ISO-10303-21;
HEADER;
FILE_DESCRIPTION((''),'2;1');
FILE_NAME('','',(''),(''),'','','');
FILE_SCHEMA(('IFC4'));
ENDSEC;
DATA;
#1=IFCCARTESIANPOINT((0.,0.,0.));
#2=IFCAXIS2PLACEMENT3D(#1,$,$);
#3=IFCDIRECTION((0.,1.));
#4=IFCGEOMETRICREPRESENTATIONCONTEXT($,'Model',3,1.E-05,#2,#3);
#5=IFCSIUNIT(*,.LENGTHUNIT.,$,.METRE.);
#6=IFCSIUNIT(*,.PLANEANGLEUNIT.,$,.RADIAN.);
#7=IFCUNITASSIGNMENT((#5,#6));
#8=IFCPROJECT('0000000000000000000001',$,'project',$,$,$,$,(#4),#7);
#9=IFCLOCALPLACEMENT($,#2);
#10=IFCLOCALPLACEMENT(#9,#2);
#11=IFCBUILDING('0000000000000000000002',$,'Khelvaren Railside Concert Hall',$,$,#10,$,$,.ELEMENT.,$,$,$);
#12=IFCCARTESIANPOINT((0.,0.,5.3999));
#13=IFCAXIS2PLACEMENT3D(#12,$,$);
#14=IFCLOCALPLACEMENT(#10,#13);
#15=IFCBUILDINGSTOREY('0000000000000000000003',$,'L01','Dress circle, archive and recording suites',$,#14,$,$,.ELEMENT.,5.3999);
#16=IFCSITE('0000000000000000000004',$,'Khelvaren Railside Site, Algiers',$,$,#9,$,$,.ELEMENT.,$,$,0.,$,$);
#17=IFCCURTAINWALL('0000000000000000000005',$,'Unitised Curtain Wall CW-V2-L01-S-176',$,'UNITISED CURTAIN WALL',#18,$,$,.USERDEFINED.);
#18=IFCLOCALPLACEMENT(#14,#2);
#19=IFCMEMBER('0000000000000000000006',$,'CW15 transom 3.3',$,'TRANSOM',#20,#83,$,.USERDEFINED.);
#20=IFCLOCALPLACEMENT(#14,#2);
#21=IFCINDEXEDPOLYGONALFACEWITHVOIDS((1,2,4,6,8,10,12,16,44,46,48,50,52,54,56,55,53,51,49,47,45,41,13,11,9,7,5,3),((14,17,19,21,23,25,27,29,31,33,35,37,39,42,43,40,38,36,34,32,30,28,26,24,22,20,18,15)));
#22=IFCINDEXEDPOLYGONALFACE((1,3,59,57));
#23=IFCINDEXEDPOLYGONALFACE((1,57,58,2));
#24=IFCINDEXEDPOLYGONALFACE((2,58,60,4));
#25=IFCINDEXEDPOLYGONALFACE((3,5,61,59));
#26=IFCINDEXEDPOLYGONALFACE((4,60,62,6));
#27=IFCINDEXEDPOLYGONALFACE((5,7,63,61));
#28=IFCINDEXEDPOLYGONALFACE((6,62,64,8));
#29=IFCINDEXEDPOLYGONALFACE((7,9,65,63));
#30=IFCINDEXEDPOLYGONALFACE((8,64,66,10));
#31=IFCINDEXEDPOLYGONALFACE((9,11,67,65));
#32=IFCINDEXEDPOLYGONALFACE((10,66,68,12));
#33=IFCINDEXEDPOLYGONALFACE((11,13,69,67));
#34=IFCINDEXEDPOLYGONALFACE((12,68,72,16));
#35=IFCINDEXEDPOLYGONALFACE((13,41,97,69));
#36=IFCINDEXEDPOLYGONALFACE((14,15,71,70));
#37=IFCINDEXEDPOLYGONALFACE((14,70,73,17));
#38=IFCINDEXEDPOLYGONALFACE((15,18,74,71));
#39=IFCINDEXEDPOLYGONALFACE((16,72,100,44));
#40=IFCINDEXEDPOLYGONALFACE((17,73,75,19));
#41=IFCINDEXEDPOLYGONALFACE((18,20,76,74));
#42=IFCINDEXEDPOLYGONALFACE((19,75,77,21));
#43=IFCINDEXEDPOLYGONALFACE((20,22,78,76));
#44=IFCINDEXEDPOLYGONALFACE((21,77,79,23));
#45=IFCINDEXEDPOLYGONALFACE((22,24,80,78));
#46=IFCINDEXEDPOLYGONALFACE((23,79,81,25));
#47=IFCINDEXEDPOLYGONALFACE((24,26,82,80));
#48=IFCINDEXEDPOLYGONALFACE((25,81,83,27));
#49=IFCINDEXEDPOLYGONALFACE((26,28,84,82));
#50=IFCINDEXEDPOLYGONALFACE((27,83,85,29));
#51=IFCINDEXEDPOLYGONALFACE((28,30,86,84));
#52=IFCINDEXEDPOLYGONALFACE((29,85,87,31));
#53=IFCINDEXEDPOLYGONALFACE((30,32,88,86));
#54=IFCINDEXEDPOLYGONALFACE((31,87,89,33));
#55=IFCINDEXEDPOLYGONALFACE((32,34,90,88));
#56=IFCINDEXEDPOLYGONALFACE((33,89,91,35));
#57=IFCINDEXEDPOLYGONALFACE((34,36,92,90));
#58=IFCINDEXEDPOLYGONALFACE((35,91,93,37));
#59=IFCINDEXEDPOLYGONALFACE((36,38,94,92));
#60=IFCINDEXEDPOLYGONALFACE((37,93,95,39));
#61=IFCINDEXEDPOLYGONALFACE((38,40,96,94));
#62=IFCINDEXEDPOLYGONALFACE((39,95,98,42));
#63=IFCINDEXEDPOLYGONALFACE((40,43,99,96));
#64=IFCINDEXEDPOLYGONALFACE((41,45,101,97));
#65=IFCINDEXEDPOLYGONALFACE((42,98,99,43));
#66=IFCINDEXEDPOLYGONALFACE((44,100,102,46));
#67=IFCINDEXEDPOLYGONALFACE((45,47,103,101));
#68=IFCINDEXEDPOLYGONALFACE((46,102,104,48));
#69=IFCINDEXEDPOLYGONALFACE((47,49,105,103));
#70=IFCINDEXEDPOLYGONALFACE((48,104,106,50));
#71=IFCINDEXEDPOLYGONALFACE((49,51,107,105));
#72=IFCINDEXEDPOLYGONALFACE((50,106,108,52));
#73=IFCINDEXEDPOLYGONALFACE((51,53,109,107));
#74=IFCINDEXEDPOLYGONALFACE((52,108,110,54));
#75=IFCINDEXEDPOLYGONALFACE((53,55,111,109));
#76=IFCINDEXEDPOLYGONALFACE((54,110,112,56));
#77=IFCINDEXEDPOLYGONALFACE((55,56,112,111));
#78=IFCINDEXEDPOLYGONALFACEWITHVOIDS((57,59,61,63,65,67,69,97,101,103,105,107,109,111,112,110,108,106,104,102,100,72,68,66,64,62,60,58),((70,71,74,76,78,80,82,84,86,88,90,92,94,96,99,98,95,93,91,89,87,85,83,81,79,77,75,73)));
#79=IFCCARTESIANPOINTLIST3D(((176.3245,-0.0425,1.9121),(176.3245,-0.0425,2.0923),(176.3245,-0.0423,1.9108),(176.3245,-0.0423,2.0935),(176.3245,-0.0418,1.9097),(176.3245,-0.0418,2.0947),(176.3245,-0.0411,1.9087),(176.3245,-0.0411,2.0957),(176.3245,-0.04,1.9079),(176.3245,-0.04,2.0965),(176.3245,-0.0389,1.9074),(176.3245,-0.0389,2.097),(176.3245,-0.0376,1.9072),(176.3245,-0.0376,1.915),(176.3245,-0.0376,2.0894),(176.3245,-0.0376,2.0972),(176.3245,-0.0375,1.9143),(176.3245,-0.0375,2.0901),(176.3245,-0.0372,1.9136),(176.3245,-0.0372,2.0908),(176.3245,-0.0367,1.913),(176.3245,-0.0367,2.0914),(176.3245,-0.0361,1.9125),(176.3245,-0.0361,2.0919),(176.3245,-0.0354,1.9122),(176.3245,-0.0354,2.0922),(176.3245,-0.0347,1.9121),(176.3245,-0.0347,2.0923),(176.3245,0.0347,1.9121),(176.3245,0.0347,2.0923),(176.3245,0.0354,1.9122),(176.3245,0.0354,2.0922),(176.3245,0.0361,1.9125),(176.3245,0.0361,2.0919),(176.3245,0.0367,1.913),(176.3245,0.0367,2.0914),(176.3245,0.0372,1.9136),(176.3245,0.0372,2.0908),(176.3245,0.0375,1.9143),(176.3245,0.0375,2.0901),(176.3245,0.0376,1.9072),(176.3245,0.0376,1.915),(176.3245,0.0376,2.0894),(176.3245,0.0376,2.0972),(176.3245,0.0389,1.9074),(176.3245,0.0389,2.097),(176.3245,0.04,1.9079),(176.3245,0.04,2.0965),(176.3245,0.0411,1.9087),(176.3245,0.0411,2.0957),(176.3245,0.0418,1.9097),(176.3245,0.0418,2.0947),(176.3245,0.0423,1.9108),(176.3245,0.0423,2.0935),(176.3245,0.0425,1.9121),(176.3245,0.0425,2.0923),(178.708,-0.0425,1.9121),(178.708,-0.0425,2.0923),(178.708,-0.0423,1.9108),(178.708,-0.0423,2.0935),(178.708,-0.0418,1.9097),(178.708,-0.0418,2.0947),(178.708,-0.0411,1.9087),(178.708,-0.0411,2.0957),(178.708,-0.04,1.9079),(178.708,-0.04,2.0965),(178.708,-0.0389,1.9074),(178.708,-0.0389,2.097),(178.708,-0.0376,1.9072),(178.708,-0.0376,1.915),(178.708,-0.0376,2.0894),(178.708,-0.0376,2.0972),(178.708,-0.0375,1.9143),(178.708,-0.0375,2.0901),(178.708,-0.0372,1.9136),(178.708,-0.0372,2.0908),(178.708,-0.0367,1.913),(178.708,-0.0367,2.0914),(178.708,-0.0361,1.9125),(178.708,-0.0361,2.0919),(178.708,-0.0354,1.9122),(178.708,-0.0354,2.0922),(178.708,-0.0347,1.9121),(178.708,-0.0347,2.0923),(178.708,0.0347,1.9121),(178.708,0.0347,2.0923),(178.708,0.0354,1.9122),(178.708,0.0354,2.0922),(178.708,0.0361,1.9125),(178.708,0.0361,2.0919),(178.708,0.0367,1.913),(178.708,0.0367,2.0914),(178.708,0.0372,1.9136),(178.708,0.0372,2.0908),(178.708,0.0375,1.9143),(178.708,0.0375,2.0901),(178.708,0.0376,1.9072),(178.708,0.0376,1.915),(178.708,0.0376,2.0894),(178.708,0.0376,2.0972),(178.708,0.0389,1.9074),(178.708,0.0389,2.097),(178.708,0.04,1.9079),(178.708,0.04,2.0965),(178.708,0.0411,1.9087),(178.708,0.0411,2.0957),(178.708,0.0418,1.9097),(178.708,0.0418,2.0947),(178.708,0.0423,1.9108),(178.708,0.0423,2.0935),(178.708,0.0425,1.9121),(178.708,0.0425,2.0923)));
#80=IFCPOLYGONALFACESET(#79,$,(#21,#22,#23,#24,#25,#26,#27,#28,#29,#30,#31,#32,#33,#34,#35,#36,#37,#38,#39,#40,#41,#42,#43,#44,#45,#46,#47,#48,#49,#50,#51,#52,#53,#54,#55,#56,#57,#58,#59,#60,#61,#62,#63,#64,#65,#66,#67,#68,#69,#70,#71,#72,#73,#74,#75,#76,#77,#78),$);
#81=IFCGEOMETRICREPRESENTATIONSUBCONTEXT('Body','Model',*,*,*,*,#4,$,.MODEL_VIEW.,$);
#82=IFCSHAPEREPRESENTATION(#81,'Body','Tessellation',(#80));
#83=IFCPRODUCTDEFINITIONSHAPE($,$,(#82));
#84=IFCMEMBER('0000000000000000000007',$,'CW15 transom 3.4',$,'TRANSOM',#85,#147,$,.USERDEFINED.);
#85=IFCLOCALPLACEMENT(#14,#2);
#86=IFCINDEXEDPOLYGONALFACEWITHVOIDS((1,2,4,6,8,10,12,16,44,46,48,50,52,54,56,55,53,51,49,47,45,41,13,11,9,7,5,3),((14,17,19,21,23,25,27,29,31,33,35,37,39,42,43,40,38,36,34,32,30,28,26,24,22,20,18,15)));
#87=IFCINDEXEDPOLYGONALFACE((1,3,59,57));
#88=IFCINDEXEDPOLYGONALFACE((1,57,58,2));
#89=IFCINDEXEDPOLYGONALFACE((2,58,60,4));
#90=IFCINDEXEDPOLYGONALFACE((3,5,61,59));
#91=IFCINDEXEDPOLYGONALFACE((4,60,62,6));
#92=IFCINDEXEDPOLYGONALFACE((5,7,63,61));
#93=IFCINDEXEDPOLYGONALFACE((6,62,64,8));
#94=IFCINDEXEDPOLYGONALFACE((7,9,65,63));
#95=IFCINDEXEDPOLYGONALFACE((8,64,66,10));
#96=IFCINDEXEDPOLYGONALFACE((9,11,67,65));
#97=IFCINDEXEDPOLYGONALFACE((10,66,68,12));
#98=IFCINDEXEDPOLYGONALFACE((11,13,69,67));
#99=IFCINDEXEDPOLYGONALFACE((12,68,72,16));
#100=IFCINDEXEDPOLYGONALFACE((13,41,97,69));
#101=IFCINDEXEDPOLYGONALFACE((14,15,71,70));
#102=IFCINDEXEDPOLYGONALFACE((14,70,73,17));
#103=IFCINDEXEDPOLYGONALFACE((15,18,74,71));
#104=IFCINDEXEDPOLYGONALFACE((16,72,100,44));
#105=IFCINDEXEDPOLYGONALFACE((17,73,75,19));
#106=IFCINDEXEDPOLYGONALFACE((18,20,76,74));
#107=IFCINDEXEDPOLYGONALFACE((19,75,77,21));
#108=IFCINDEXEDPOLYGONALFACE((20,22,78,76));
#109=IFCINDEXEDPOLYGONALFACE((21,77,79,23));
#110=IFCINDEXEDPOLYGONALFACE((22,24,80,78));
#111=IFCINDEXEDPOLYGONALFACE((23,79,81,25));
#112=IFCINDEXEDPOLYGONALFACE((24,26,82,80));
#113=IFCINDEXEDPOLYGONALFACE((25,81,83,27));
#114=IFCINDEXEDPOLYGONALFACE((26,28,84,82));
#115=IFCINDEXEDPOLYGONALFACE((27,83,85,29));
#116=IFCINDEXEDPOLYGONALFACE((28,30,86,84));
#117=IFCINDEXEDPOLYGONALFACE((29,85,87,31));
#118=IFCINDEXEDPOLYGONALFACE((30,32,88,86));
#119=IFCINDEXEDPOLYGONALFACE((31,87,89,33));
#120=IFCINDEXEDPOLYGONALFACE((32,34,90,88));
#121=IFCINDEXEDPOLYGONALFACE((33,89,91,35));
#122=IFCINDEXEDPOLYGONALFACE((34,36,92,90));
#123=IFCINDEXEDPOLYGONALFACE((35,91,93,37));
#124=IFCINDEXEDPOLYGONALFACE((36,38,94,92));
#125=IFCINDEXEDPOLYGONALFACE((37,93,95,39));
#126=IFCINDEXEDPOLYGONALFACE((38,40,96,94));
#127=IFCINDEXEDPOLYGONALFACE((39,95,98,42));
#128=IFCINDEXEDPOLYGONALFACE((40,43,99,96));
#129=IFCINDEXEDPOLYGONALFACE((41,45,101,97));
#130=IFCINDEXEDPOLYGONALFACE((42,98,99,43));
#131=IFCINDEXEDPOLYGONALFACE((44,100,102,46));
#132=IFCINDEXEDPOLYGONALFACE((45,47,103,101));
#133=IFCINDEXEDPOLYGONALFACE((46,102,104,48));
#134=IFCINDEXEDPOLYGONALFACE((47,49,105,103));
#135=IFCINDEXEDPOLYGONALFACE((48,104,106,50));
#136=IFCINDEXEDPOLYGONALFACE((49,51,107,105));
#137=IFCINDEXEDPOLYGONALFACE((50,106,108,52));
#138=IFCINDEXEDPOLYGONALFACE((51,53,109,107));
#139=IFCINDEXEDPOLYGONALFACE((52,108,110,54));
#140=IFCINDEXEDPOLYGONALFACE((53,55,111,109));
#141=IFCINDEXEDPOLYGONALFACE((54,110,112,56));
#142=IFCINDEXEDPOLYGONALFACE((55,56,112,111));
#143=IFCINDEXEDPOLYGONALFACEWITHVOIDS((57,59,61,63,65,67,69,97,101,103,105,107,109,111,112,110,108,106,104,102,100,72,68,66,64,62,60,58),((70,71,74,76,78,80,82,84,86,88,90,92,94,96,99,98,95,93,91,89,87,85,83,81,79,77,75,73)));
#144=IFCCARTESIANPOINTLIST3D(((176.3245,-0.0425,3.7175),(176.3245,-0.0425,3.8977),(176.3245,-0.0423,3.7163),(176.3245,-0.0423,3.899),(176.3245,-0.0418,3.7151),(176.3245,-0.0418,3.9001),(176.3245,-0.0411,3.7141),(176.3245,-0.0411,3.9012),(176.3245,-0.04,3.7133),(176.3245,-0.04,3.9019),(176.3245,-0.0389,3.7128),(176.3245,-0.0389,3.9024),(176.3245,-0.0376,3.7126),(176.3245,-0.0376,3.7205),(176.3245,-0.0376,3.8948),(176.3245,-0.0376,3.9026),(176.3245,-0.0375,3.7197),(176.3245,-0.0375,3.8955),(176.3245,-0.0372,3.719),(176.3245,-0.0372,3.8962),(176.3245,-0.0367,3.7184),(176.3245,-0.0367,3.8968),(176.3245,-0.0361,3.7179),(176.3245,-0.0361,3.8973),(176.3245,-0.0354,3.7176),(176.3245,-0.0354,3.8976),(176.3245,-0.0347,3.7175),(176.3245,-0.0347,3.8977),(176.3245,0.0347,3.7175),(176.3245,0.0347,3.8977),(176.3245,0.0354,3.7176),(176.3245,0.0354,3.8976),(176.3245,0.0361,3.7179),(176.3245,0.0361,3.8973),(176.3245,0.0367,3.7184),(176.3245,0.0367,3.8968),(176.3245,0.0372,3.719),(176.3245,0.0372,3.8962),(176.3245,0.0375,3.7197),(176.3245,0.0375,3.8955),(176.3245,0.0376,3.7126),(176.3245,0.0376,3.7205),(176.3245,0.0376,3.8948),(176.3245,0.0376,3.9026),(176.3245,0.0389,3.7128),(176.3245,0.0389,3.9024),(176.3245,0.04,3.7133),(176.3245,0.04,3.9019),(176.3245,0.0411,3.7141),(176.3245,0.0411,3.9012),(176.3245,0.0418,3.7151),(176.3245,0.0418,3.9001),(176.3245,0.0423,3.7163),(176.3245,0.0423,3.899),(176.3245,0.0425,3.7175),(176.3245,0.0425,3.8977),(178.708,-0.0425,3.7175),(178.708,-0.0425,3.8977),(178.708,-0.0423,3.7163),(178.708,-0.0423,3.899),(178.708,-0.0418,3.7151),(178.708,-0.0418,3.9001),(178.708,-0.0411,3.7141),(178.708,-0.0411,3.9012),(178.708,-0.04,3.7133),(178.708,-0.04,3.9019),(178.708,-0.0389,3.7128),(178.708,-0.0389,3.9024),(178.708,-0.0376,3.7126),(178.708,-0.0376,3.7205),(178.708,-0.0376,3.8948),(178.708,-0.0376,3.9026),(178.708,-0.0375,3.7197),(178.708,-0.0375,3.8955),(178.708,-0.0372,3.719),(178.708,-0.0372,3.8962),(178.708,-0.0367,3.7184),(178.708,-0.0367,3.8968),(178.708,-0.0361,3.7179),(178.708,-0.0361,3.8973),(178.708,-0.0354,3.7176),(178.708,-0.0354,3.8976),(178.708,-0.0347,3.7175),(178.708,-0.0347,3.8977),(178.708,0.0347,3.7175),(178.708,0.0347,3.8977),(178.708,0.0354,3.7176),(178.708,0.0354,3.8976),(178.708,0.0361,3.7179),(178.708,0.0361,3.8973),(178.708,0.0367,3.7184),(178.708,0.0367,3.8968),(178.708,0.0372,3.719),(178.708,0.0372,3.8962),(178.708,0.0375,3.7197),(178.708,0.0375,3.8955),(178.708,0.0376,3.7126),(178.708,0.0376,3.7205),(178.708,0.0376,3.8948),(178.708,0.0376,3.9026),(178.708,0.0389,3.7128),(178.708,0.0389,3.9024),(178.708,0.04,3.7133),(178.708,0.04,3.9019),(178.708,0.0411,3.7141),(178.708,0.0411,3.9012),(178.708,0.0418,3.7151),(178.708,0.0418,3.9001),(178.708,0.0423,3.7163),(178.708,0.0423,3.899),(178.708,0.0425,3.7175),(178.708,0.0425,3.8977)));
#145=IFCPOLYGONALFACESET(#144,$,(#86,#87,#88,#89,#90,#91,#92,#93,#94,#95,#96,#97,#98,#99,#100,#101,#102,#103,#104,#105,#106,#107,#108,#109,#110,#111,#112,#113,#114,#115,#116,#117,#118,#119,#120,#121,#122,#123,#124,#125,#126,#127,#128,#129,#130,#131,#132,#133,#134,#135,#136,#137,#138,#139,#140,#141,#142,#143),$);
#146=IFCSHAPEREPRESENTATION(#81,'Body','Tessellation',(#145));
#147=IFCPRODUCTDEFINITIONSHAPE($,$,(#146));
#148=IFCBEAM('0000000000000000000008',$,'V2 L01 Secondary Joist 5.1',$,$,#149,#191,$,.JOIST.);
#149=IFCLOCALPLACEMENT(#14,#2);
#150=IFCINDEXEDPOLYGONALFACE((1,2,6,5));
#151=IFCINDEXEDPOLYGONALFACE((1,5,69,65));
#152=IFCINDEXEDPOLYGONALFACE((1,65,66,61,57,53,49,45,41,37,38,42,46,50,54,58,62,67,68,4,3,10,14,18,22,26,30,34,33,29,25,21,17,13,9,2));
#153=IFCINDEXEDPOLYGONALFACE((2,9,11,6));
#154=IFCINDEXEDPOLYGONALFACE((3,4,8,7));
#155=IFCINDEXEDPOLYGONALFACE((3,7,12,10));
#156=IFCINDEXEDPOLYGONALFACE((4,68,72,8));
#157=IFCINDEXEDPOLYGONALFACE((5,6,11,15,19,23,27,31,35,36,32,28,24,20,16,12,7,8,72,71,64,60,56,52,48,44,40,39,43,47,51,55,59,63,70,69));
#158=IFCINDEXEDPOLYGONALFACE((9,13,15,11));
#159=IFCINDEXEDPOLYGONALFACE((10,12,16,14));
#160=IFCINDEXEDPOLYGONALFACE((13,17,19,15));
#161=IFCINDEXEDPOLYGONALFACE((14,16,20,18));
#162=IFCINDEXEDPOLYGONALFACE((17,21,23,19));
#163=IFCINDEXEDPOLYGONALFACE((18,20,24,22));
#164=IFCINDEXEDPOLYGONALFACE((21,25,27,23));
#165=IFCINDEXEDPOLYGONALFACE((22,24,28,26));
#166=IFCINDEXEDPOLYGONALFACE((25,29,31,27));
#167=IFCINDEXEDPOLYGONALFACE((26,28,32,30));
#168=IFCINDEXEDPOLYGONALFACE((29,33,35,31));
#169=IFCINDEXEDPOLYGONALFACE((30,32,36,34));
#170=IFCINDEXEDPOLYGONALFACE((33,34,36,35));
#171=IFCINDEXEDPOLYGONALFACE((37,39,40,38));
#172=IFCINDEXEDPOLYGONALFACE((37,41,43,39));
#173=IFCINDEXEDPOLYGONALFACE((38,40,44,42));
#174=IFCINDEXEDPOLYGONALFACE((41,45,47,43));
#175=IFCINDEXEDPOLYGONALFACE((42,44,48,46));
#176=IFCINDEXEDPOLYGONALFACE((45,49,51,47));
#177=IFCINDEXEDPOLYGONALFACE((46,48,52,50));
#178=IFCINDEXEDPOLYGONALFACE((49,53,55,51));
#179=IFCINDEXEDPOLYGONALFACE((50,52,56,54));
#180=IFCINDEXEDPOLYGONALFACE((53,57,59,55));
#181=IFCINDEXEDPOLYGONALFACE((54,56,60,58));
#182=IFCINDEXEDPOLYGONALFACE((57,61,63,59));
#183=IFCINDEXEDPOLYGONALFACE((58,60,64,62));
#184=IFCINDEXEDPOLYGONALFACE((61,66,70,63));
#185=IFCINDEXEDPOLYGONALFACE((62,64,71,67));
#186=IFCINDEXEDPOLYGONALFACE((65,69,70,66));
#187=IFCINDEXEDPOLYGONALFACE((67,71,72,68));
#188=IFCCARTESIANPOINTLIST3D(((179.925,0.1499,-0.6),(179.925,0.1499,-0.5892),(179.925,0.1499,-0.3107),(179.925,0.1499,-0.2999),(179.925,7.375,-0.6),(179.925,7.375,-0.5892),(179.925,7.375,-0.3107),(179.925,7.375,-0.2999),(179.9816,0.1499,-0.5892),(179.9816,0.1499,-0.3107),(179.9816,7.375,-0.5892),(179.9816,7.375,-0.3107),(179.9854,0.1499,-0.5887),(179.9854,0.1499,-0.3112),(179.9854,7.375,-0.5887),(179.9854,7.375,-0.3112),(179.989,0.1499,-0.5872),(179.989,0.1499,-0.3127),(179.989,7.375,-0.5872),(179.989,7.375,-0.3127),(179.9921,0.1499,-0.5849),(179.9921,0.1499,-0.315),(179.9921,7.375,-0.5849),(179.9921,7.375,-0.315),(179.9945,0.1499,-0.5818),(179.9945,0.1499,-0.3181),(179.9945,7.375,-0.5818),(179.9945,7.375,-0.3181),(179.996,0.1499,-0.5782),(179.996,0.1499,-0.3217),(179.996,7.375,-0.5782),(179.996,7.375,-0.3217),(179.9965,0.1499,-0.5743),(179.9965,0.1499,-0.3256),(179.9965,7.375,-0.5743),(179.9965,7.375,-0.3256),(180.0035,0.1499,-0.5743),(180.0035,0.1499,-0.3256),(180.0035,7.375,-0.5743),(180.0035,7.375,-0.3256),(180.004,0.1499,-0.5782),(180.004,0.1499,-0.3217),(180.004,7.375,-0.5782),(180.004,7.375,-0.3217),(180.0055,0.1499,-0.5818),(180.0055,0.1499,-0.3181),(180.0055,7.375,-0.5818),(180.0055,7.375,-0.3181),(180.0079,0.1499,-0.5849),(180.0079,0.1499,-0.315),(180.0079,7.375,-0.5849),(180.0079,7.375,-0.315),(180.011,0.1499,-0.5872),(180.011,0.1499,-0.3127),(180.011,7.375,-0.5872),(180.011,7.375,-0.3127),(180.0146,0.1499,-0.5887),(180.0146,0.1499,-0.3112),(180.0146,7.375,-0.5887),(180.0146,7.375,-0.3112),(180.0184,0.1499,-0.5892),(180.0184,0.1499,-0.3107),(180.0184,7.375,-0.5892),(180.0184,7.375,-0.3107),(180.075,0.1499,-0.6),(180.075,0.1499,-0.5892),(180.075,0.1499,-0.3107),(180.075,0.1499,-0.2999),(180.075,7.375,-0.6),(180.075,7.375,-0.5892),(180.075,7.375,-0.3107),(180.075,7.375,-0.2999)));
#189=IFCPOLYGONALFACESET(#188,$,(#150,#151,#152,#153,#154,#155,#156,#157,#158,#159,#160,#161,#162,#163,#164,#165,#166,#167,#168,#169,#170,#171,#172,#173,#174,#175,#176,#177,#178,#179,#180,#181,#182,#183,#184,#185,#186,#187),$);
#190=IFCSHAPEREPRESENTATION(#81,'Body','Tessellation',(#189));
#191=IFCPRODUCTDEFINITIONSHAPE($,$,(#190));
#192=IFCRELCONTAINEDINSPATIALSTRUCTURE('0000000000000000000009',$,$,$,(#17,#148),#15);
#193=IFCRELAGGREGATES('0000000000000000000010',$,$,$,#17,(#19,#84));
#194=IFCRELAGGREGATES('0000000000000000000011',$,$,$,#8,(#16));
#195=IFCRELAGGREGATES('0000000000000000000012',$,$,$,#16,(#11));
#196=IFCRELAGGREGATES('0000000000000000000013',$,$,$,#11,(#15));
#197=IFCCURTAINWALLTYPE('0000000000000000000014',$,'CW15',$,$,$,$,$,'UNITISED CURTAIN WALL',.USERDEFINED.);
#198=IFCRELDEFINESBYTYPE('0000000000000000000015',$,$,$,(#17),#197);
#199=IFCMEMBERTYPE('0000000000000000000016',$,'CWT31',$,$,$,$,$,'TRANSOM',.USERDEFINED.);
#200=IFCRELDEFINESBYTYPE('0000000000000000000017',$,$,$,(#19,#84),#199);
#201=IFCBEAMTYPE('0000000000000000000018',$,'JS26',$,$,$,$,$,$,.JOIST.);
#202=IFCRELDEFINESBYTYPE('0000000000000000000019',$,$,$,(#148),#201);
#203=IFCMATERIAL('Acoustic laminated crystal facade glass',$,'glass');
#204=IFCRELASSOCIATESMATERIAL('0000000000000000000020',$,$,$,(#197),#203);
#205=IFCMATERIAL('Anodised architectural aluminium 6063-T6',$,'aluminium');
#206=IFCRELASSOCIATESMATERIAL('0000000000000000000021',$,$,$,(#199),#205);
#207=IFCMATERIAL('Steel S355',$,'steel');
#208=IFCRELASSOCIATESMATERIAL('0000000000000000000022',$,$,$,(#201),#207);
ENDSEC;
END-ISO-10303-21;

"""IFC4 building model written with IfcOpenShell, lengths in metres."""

from ifc_helpers import new_model, si_unit, direction, frame, origin, origin_2d, place, context, subcontext, project, spatial, hollow_rectangle, i_section, extrude, material, material_profile, profile_set, type_object, element, aggregate, save


model = new_model("IFC4")

# Units and contexts
model_context = context("Model", 3, precision=1e-05, world=origin(), true_north=direction((0.0, 1.0)))
body_context = subcontext(model_context, "Body", "Model", "MODEL_VIEW")
ifc_project = project(units=[si_unit("LENGTHUNIT", "METRE"), si_unit("PLANEANGLEUNIT", "RADIAN")], contexts=[model_context])

# Site, building, storey
site_placement = place(None, origin())
site = spatial("IfcSite", under=ifc_project, at=site_placement, Name="Khelvaren Railside Site, Algiers", CompositionType="ELEMENT", RefElevation=0.0)
building_placement = place(site_placement, origin())
building = spatial("IfcBuilding", under=site, at=building_placement, Name="Khelvaren Railside Concert Hall", CompositionType="ELEMENT")
storey_placement = place(building_placement, frame((0.0, 0.0, 5.3999)))
storey = spatial("IfcBuildingStorey", under=building, at=storey_placement, Name="L01", Description="Dress circle, archive and recording suites", CompositionType="ELEMENT", Elevation=5.3999)

# Curtain wall, members
ifc_material_1 = material(Name="Acoustic laminated crystal facade glass", Category="glass")
curtain_wall_type = type_object("IfcCurtainWallType", Name="CW15", ElementType="UNITISED CURTAIN WALL", PredefinedType="USERDEFINED", material=ifc_material_1)
curtain_wall_placement = place(storey_placement, origin())
curtain_wall = element("IfcCurtainWall", 1, at=curtain_wall_placement, inside=storey, type_object=curtain_wall_type, Name="Unitised Curtain Wall CW-V2-L01-S-176", ObjectType="UNITISED CURTAIN WALL", PredefinedType="USERDEFINED")
ifc_material_2 = material(Name="Anodised architectural aluminium 6063-T6", Category="aluminium")
ifc_material_profile_1 = material_profile(ifc_material_2, hollow_rectangle(XDim=0.085, YDim=0.1899, WallThickness=0.0049, InnerFilletRadius=0.0029, OuterFilletRadius=0.0049, at=origin_2d()), Name="CWT 85x190x5")
ifc_profile_set_1 = profile_set([ifc_material_profile_1], Name="Anodised architectural aluminium 6063-T6")
member_type_1 = type_object("IfcMemberType", Name="CWT31", ElementType="TRANSOM", PredefinedType="USERDEFINED", material=ifc_profile_set_1)
member_1_placement = place(storey_placement, frame((178.708, 0.0, 2.0022), z_axis=(-1.0, 0.0, 0.0), x_axis=(0.0, -1.0, 0.0)))
member_1 = element("IfcMember", 2, at=member_1_placement, type_object=member_type_1, Name="CW15 transom 3.3", ObjectType="TRANSOM", PredefinedType="USERDEFINED", context=body_context, shape_type="SweptSolid", body=[
    extrude(hollow_rectangle(XDim=0.085, YDim=0.1899, WallThickness=0.0049, InnerFilletRadius=0.0029, OuterFilletRadius=0.0049, at=origin_2d()), origin(), (0.0, 0.0, 1.0), 2.3835),
])
member_2_placement = place(storey_placement, frame((178.708, 0.0, 3.8076), z_axis=(-1.0, 0.0, 0.0), x_axis=(0.0, -1.0, 0.0)))
member_2 = element("IfcMember", 3, at=member_2_placement, type_object=member_type_1, Name="CW15 transom 3.4", ObjectType="TRANSOM", PredefinedType="USERDEFINED", context=body_context, shape_type="SweptSolid", body=[
    extrude(hollow_rectangle(XDim=0.085, YDim=0.1899, WallThickness=0.0049, InnerFilletRadius=0.0029, OuterFilletRadius=0.0049, at=origin_2d()), origin(), (0.0, 0.0, 1.0), 2.3835),
])

# Beam
ifc_material_3 = material(Name="Steel S355", Category="steel")
ifc_material_profile_2 = material_profile(ifc_material_3, i_section(OverallWidth=0.1499, OverallDepth=0.3, WebThickness=0.0071, FlangeThickness=0.0107, FilletRadius=0.0149, at=origin_2d()), Name="IPE 300")
ifc_profile_set_2 = profile_set([ifc_material_profile_2], Name="Steel S355")
beam_type_1 = type_object("IfcBeamType", Name="JS26", PredefinedType="JOIST", material=ifc_profile_set_2)
beam_1_placement = place(storey_placement, frame((180.0, 0.1499, -0.45), z_axis=(0.0, 1.0, 0.0), x_axis=(-1.0, 0.0, 0.0)))
element("IfcBeam", 4, at=beam_1_placement, inside=storey, type_object=beam_type_1, Name="V2 L01 Secondary Joist 5.1", PredefinedType="JOIST", context=body_context, shape_type="SweptSolid", body=[
    extrude(i_section(OverallWidth=0.1499, OverallDepth=0.3, WebThickness=0.0071, FlangeThickness=0.0107, FilletRadius=0.0149, at=origin_2d()), origin(), (0.0, 0.0, 1.0), 7.2251),
])

aggregate(curtain_wall, [member_1, member_2])

save(model, "model.ifc")
